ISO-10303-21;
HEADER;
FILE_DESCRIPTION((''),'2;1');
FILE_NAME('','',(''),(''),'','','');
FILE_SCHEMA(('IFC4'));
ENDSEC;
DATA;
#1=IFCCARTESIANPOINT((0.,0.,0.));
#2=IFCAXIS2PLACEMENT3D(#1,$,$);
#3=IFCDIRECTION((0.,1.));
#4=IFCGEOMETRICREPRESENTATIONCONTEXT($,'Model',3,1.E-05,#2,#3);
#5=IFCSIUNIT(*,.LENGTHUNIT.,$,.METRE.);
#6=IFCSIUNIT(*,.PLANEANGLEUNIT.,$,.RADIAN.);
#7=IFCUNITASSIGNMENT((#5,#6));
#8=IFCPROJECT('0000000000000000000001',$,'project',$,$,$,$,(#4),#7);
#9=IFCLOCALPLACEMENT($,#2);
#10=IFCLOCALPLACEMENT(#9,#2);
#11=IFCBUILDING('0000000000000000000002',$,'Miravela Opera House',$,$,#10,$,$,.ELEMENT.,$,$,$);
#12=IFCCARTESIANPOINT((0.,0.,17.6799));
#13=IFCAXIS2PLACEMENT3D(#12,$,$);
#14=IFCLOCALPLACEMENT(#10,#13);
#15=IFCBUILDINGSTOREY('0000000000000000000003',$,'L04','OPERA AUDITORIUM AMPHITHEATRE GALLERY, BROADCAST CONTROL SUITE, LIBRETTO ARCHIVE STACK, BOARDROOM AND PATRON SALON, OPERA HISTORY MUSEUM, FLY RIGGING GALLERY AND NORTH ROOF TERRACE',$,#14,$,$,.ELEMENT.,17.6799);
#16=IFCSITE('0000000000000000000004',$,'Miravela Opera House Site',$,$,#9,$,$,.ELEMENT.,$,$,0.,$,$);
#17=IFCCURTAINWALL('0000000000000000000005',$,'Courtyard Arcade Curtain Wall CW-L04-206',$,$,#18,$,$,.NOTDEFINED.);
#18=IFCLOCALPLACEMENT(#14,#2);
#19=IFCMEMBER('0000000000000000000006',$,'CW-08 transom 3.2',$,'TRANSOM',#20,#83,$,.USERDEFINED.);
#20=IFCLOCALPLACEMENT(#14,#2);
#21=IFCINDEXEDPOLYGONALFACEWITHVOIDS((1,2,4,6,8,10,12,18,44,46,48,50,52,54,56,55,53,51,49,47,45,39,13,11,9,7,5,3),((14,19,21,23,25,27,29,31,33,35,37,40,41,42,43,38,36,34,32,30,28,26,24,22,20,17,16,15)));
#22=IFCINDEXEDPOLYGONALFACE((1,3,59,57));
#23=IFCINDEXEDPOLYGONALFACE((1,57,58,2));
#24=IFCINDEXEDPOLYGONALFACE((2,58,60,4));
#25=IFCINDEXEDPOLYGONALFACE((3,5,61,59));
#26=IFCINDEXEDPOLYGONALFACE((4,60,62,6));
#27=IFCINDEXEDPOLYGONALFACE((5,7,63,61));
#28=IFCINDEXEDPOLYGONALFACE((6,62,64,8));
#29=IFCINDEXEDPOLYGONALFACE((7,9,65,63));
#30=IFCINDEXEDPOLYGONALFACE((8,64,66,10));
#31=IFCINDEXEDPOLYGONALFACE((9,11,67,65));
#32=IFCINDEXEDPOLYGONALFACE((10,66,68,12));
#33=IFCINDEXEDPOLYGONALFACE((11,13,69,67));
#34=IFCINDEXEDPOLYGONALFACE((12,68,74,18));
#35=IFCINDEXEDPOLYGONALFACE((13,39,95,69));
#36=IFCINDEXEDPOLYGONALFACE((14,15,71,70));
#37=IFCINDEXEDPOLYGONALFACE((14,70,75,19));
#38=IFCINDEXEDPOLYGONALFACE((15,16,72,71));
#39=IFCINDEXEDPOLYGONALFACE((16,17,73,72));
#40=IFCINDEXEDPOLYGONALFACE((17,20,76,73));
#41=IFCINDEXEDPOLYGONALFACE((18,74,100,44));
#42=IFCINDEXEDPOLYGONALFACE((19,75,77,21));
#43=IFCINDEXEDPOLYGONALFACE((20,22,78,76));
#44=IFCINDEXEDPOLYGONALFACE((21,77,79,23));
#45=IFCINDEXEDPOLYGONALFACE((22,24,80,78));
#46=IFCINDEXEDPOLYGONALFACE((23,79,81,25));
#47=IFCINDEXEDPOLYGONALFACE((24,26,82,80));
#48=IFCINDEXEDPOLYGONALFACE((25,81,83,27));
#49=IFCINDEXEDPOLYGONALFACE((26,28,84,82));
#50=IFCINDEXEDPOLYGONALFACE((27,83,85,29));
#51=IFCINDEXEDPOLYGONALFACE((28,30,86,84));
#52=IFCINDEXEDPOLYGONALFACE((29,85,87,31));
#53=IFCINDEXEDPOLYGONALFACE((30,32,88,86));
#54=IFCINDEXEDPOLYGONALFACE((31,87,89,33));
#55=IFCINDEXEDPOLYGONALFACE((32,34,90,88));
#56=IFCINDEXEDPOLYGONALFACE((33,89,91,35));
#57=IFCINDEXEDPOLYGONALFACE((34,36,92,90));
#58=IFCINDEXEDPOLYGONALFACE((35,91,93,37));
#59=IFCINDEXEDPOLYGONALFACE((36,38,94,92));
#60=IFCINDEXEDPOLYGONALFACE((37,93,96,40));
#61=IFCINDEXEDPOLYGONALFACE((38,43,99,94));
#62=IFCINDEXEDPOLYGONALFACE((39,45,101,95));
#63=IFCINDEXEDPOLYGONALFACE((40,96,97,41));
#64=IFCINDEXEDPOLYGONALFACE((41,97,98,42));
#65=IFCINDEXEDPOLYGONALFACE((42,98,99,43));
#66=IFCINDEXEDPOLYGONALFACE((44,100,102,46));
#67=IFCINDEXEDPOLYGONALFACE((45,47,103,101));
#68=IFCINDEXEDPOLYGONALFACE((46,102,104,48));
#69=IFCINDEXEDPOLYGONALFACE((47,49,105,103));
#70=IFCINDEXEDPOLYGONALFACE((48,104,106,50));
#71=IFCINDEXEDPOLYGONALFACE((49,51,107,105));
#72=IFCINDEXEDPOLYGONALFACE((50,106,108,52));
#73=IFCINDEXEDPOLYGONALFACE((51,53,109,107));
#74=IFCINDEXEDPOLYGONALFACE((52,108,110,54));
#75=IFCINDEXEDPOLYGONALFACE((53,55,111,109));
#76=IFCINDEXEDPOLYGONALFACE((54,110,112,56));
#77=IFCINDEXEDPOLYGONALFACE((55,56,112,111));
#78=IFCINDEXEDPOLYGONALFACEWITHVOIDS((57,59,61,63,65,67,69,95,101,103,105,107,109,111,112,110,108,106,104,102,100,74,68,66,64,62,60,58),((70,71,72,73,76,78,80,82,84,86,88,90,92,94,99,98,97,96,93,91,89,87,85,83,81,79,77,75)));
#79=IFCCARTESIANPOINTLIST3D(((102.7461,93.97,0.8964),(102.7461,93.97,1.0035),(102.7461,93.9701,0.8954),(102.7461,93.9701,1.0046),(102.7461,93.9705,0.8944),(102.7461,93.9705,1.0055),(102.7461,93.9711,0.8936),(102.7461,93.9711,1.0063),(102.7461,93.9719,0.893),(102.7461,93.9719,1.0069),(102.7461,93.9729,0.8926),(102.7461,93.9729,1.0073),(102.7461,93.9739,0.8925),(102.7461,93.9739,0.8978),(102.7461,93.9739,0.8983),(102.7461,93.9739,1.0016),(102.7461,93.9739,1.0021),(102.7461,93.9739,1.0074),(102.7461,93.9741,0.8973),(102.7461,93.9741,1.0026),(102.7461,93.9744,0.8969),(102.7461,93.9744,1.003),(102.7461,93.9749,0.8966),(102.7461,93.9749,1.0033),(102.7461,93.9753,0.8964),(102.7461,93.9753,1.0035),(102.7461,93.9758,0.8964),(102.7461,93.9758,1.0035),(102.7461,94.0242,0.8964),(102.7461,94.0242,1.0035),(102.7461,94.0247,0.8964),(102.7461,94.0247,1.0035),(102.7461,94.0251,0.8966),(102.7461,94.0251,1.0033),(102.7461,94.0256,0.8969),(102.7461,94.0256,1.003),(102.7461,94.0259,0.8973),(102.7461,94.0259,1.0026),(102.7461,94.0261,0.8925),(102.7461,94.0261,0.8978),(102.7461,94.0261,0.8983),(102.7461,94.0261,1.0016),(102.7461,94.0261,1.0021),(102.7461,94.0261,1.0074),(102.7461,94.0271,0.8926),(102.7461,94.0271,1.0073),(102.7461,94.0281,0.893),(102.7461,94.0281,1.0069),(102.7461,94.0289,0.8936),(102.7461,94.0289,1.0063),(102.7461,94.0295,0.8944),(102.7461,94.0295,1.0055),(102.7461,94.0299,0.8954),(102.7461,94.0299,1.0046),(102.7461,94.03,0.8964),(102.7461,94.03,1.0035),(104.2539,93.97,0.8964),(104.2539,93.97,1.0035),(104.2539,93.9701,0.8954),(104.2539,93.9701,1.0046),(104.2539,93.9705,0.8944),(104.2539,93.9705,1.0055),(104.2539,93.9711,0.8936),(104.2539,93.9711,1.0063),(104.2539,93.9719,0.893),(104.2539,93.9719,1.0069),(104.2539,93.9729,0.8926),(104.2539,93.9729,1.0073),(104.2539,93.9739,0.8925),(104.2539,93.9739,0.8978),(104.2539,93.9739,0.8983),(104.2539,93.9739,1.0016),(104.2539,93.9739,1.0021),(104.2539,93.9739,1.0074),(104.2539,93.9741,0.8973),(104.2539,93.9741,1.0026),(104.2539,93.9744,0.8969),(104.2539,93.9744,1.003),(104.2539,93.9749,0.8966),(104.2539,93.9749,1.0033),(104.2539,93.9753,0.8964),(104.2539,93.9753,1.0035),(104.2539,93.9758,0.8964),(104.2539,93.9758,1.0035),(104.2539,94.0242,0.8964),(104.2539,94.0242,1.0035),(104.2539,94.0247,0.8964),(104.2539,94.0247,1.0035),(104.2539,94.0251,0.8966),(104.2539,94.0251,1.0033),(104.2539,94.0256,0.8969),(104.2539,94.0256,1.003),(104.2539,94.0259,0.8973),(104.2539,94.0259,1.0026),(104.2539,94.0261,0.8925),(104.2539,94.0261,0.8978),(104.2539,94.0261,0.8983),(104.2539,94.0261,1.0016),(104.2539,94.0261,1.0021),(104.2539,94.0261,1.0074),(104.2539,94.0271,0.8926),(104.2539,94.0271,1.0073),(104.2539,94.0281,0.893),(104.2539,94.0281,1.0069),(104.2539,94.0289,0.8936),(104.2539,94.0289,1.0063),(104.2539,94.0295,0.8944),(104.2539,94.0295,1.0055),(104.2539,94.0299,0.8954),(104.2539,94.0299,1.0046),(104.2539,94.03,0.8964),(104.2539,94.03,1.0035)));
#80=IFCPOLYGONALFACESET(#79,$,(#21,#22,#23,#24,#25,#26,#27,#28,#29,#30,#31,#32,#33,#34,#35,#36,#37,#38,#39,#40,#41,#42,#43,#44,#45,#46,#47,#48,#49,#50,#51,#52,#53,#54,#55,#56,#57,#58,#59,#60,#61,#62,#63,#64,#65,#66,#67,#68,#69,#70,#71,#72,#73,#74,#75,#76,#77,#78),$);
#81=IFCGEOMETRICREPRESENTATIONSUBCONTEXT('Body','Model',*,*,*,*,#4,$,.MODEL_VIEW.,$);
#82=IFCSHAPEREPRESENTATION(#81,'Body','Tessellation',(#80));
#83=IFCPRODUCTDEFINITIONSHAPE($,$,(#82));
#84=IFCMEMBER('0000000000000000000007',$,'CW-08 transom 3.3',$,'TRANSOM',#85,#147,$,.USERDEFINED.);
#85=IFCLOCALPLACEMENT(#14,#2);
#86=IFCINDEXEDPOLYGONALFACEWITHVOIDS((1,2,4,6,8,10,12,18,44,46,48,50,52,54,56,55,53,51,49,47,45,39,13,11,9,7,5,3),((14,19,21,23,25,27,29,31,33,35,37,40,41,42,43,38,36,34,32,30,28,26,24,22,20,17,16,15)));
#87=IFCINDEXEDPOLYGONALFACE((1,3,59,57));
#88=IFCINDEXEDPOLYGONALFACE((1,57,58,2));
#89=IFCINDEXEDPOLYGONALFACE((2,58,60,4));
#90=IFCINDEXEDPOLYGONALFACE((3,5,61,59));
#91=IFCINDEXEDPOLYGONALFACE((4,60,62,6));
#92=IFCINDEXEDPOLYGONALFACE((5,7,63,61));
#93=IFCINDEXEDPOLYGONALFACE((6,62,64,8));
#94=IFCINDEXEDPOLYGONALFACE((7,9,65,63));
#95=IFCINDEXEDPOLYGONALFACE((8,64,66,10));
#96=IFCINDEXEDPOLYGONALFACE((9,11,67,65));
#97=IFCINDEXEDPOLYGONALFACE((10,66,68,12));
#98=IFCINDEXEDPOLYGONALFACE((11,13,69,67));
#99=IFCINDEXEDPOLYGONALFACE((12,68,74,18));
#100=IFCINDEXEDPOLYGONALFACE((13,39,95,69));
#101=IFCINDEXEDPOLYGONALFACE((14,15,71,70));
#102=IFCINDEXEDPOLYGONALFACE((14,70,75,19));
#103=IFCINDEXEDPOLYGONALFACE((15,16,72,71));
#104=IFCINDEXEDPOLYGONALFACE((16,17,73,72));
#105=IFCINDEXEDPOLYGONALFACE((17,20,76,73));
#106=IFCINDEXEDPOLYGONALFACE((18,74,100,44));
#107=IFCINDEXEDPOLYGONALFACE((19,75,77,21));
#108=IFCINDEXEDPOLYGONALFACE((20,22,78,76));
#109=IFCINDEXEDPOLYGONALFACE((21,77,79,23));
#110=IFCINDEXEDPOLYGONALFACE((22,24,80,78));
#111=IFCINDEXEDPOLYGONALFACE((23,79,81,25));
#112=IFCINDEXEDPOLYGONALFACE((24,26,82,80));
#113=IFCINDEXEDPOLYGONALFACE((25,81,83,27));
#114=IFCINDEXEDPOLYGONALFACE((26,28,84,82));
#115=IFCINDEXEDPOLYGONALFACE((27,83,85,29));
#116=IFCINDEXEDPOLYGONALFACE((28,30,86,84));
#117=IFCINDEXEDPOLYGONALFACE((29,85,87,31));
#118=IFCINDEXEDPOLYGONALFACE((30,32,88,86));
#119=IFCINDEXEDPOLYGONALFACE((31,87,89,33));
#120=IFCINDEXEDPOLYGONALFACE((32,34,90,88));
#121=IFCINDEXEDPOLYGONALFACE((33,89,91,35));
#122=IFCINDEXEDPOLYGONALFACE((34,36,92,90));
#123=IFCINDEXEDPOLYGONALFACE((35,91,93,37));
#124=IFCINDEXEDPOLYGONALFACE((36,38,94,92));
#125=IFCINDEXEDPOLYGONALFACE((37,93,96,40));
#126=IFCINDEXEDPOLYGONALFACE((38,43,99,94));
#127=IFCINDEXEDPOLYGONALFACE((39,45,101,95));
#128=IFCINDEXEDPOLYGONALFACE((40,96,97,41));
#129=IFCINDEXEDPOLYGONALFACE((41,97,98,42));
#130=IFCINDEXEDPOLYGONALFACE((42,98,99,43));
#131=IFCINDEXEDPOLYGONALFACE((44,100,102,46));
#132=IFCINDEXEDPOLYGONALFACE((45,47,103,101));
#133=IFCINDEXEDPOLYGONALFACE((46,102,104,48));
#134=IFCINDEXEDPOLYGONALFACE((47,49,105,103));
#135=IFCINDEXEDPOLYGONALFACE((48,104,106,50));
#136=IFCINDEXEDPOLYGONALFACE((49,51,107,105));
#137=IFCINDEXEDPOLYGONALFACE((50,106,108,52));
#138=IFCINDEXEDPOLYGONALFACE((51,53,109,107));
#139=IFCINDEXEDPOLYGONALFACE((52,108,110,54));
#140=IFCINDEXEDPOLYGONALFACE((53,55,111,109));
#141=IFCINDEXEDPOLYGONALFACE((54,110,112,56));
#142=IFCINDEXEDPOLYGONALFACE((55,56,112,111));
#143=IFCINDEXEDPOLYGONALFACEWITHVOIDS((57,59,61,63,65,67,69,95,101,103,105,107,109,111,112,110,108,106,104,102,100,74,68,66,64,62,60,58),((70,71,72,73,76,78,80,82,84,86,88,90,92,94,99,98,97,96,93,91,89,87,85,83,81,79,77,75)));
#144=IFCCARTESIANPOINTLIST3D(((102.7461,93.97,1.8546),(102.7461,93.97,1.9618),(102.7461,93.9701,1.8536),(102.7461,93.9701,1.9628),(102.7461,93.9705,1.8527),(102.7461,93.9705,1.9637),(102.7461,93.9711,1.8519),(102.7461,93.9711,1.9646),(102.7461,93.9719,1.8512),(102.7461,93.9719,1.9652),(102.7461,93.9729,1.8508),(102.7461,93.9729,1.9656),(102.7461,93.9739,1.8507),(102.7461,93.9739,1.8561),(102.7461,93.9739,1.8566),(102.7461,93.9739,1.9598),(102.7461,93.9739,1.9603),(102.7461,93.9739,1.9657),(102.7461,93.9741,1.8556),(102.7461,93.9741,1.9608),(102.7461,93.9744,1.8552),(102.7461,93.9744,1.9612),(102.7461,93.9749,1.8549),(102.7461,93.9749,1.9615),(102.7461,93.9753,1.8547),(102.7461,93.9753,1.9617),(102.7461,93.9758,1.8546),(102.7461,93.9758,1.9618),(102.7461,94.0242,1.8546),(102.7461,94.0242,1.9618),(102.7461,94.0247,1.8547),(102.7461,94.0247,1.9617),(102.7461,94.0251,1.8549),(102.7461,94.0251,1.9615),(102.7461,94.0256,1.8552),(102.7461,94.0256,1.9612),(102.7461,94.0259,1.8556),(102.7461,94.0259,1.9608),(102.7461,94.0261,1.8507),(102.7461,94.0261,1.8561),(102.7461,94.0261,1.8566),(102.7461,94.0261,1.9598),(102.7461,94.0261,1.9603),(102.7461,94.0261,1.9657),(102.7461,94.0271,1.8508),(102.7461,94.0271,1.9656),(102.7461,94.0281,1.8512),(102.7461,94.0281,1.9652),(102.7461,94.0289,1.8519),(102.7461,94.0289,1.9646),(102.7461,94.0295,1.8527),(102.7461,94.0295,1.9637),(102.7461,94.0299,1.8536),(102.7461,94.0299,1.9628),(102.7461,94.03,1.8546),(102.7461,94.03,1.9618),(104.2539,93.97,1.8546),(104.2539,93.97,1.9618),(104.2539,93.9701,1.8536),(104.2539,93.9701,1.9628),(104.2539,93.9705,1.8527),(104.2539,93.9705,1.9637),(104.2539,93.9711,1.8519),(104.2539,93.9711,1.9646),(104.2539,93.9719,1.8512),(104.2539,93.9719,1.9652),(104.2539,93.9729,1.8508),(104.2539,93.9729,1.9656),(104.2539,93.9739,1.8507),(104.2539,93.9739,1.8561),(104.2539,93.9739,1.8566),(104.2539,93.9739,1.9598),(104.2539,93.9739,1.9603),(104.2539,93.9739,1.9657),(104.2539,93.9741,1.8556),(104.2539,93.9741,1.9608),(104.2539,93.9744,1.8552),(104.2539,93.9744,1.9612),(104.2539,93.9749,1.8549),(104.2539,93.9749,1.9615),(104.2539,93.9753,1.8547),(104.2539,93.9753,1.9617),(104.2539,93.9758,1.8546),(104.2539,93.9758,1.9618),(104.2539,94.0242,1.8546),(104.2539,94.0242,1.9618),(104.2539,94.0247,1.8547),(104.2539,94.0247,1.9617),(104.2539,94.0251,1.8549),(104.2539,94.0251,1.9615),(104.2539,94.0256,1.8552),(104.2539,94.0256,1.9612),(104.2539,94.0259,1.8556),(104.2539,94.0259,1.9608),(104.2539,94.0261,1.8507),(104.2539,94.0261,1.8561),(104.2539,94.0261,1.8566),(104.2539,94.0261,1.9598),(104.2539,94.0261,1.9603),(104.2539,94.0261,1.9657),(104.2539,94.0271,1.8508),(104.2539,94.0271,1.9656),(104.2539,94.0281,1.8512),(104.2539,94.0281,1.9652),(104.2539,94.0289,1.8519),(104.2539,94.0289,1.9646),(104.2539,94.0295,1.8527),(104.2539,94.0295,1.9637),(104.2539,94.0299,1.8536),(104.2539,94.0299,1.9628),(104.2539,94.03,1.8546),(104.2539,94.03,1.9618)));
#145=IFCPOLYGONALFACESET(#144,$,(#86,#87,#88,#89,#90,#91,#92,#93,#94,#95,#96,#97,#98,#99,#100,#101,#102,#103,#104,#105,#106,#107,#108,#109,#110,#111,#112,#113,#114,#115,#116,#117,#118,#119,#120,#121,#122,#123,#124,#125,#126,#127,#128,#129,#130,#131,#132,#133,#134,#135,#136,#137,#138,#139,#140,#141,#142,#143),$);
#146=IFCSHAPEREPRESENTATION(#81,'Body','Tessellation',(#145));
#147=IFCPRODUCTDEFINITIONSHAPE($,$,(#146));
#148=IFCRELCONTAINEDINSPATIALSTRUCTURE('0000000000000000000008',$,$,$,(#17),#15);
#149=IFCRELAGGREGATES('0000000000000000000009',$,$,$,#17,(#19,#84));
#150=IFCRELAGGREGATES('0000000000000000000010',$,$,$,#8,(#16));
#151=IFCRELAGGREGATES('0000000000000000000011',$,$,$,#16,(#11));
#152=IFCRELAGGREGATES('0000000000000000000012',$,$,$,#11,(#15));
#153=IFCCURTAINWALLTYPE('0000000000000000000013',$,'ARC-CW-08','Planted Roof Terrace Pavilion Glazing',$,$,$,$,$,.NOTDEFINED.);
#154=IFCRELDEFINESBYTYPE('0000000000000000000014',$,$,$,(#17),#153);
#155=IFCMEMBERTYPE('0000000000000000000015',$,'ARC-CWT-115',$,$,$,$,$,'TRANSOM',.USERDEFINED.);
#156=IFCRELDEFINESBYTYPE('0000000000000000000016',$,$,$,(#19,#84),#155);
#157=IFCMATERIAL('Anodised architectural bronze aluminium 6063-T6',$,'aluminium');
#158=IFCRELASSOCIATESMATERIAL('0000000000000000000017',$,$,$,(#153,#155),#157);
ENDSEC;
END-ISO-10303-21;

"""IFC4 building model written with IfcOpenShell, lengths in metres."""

from ifc_helpers import new_model, si_unit, direction, frame, origin, origin_2d, place, context, subcontext, project, spatial, hollow_rectangle, extrude, material, material_profile, profile_set, type_object, element, aggregate, save


model = new_model("IFC4")

# Units and contexts
model_context = context("Model", 3, precision=1e-05, world=origin(), true_north=direction((0.0, 1.0)))
body_context = subcontext(model_context, "Body", "Model", "MODEL_VIEW")
ifc_project = project(units=[si_unit("LENGTHUNIT", "METRE"), si_unit("PLANEANGLEUNIT", "RADIAN")], contexts=[model_context])

# Site, building, storey
site_placement = place(None, origin())
site = spatial("IfcSite", under=ifc_project, at=site_placement, Name="Miravela Opera House Site", CompositionType="ELEMENT", RefElevation=0.0)
building_placement = place(site_placement, origin())
building = spatial("IfcBuilding", under=site, at=building_placement, Name="Miravela Opera House", CompositionType="ELEMENT")
storey_placement = place(building_placement, frame((0.0, 0.0, 17.6799)))
storey = spatial("IfcBuildingStorey", under=building, at=storey_placement, Name="L04", Description="OPERA AUDITORIUM AMPHITHEATRE GALLERY, BROADCAST CONTROL SUITE, LIBRETTO ARCHIVE STACK, BOARDROOM AND PATRON SALON, OPERA HISTORY MUSEUM, FLY RIGGING GALLERY AND NORTH ROOF TERRACE", CompositionType="ELEMENT", Elevation=17.6799)

# Curtain wall, members
ifc_material_1 = material(Name="Anodised architectural bronze aluminium 6063-T6", Category="aluminium")
curtain_wall_type = type_object("IfcCurtainWallType", Name="ARC-CW-08", Description="Planted Roof Terrace Pavilion Glazing", PredefinedType="NOTDEFINED", material=ifc_material_1)
curtain_wall_placement = place(storey_placement, origin())
curtain_wall = element("IfcCurtainWall", 1, at=curtain_wall_placement, inside=storey, type_object=curtain_wall_type, Name="Courtyard Arcade Curtain Wall CW-L04-206", PredefinedType="NOTDEFINED")
ifc_material_profile_1 = material_profile(ifc_material_1, hollow_rectangle(XDim=0.0601, YDim=0.115, WallThickness=0.0039, InnerFilletRadius=0.002, OuterFilletRadius=0.0039, at=origin_2d()), Name="CWT-60X115")
ifc_profile_set_1 = profile_set([ifc_material_profile_1])
member_type_1 = type_object("IfcMemberType", Name="ARC-CWT-115", ElementType="TRANSOM", PredefinedType="USERDEFINED", material=ifc_profile_set_1)
member_1_placement = place(storey_placement, frame((102.7461, 94.0, 0.95), z_axis=(1.0, 0.0, 0.0), x_axis=(0.0, 1.0, 0.0)))
member_1 = element("IfcMember", 2, at=member_1_placement, type_object=member_type_1, Name="CW-08 transom 3.2", ObjectType="TRANSOM", PredefinedType="USERDEFINED", context=body_context, shape_type="SweptSolid", body=[
    extrude(hollow_rectangle(XDim=0.0601, YDim=0.115, WallThickness=0.0039, InnerFilletRadius=0.002, OuterFilletRadius=0.0039, at=origin_2d()), origin(), (0.0, 0.0, 1.0), 1.5078),
])
member_2_placement = place(storey_placement, frame((102.7461, 94.0, 1.9082), z_axis=(1.0, 0.0, 0.0), x_axis=(0.0, 1.0, 0.0)))
member_2 = element("IfcMember", 3, at=member_2_placement, type_object=member_type_1, Name="CW-08 transom 3.3", ObjectType="TRANSOM", PredefinedType="USERDEFINED", context=body_context, shape_type="SweptSolid", body=[
    extrude(hollow_rectangle(XDim=0.0601, YDim=0.115, WallThickness=0.0039, InnerFilletRadius=0.002, OuterFilletRadius=0.0039, at=origin_2d()), origin(), (0.0, 0.0, 1.0), 1.5078),
])

aggregate(curtain_wall, [member_1, member_2])

save(model, "model.ifc")
